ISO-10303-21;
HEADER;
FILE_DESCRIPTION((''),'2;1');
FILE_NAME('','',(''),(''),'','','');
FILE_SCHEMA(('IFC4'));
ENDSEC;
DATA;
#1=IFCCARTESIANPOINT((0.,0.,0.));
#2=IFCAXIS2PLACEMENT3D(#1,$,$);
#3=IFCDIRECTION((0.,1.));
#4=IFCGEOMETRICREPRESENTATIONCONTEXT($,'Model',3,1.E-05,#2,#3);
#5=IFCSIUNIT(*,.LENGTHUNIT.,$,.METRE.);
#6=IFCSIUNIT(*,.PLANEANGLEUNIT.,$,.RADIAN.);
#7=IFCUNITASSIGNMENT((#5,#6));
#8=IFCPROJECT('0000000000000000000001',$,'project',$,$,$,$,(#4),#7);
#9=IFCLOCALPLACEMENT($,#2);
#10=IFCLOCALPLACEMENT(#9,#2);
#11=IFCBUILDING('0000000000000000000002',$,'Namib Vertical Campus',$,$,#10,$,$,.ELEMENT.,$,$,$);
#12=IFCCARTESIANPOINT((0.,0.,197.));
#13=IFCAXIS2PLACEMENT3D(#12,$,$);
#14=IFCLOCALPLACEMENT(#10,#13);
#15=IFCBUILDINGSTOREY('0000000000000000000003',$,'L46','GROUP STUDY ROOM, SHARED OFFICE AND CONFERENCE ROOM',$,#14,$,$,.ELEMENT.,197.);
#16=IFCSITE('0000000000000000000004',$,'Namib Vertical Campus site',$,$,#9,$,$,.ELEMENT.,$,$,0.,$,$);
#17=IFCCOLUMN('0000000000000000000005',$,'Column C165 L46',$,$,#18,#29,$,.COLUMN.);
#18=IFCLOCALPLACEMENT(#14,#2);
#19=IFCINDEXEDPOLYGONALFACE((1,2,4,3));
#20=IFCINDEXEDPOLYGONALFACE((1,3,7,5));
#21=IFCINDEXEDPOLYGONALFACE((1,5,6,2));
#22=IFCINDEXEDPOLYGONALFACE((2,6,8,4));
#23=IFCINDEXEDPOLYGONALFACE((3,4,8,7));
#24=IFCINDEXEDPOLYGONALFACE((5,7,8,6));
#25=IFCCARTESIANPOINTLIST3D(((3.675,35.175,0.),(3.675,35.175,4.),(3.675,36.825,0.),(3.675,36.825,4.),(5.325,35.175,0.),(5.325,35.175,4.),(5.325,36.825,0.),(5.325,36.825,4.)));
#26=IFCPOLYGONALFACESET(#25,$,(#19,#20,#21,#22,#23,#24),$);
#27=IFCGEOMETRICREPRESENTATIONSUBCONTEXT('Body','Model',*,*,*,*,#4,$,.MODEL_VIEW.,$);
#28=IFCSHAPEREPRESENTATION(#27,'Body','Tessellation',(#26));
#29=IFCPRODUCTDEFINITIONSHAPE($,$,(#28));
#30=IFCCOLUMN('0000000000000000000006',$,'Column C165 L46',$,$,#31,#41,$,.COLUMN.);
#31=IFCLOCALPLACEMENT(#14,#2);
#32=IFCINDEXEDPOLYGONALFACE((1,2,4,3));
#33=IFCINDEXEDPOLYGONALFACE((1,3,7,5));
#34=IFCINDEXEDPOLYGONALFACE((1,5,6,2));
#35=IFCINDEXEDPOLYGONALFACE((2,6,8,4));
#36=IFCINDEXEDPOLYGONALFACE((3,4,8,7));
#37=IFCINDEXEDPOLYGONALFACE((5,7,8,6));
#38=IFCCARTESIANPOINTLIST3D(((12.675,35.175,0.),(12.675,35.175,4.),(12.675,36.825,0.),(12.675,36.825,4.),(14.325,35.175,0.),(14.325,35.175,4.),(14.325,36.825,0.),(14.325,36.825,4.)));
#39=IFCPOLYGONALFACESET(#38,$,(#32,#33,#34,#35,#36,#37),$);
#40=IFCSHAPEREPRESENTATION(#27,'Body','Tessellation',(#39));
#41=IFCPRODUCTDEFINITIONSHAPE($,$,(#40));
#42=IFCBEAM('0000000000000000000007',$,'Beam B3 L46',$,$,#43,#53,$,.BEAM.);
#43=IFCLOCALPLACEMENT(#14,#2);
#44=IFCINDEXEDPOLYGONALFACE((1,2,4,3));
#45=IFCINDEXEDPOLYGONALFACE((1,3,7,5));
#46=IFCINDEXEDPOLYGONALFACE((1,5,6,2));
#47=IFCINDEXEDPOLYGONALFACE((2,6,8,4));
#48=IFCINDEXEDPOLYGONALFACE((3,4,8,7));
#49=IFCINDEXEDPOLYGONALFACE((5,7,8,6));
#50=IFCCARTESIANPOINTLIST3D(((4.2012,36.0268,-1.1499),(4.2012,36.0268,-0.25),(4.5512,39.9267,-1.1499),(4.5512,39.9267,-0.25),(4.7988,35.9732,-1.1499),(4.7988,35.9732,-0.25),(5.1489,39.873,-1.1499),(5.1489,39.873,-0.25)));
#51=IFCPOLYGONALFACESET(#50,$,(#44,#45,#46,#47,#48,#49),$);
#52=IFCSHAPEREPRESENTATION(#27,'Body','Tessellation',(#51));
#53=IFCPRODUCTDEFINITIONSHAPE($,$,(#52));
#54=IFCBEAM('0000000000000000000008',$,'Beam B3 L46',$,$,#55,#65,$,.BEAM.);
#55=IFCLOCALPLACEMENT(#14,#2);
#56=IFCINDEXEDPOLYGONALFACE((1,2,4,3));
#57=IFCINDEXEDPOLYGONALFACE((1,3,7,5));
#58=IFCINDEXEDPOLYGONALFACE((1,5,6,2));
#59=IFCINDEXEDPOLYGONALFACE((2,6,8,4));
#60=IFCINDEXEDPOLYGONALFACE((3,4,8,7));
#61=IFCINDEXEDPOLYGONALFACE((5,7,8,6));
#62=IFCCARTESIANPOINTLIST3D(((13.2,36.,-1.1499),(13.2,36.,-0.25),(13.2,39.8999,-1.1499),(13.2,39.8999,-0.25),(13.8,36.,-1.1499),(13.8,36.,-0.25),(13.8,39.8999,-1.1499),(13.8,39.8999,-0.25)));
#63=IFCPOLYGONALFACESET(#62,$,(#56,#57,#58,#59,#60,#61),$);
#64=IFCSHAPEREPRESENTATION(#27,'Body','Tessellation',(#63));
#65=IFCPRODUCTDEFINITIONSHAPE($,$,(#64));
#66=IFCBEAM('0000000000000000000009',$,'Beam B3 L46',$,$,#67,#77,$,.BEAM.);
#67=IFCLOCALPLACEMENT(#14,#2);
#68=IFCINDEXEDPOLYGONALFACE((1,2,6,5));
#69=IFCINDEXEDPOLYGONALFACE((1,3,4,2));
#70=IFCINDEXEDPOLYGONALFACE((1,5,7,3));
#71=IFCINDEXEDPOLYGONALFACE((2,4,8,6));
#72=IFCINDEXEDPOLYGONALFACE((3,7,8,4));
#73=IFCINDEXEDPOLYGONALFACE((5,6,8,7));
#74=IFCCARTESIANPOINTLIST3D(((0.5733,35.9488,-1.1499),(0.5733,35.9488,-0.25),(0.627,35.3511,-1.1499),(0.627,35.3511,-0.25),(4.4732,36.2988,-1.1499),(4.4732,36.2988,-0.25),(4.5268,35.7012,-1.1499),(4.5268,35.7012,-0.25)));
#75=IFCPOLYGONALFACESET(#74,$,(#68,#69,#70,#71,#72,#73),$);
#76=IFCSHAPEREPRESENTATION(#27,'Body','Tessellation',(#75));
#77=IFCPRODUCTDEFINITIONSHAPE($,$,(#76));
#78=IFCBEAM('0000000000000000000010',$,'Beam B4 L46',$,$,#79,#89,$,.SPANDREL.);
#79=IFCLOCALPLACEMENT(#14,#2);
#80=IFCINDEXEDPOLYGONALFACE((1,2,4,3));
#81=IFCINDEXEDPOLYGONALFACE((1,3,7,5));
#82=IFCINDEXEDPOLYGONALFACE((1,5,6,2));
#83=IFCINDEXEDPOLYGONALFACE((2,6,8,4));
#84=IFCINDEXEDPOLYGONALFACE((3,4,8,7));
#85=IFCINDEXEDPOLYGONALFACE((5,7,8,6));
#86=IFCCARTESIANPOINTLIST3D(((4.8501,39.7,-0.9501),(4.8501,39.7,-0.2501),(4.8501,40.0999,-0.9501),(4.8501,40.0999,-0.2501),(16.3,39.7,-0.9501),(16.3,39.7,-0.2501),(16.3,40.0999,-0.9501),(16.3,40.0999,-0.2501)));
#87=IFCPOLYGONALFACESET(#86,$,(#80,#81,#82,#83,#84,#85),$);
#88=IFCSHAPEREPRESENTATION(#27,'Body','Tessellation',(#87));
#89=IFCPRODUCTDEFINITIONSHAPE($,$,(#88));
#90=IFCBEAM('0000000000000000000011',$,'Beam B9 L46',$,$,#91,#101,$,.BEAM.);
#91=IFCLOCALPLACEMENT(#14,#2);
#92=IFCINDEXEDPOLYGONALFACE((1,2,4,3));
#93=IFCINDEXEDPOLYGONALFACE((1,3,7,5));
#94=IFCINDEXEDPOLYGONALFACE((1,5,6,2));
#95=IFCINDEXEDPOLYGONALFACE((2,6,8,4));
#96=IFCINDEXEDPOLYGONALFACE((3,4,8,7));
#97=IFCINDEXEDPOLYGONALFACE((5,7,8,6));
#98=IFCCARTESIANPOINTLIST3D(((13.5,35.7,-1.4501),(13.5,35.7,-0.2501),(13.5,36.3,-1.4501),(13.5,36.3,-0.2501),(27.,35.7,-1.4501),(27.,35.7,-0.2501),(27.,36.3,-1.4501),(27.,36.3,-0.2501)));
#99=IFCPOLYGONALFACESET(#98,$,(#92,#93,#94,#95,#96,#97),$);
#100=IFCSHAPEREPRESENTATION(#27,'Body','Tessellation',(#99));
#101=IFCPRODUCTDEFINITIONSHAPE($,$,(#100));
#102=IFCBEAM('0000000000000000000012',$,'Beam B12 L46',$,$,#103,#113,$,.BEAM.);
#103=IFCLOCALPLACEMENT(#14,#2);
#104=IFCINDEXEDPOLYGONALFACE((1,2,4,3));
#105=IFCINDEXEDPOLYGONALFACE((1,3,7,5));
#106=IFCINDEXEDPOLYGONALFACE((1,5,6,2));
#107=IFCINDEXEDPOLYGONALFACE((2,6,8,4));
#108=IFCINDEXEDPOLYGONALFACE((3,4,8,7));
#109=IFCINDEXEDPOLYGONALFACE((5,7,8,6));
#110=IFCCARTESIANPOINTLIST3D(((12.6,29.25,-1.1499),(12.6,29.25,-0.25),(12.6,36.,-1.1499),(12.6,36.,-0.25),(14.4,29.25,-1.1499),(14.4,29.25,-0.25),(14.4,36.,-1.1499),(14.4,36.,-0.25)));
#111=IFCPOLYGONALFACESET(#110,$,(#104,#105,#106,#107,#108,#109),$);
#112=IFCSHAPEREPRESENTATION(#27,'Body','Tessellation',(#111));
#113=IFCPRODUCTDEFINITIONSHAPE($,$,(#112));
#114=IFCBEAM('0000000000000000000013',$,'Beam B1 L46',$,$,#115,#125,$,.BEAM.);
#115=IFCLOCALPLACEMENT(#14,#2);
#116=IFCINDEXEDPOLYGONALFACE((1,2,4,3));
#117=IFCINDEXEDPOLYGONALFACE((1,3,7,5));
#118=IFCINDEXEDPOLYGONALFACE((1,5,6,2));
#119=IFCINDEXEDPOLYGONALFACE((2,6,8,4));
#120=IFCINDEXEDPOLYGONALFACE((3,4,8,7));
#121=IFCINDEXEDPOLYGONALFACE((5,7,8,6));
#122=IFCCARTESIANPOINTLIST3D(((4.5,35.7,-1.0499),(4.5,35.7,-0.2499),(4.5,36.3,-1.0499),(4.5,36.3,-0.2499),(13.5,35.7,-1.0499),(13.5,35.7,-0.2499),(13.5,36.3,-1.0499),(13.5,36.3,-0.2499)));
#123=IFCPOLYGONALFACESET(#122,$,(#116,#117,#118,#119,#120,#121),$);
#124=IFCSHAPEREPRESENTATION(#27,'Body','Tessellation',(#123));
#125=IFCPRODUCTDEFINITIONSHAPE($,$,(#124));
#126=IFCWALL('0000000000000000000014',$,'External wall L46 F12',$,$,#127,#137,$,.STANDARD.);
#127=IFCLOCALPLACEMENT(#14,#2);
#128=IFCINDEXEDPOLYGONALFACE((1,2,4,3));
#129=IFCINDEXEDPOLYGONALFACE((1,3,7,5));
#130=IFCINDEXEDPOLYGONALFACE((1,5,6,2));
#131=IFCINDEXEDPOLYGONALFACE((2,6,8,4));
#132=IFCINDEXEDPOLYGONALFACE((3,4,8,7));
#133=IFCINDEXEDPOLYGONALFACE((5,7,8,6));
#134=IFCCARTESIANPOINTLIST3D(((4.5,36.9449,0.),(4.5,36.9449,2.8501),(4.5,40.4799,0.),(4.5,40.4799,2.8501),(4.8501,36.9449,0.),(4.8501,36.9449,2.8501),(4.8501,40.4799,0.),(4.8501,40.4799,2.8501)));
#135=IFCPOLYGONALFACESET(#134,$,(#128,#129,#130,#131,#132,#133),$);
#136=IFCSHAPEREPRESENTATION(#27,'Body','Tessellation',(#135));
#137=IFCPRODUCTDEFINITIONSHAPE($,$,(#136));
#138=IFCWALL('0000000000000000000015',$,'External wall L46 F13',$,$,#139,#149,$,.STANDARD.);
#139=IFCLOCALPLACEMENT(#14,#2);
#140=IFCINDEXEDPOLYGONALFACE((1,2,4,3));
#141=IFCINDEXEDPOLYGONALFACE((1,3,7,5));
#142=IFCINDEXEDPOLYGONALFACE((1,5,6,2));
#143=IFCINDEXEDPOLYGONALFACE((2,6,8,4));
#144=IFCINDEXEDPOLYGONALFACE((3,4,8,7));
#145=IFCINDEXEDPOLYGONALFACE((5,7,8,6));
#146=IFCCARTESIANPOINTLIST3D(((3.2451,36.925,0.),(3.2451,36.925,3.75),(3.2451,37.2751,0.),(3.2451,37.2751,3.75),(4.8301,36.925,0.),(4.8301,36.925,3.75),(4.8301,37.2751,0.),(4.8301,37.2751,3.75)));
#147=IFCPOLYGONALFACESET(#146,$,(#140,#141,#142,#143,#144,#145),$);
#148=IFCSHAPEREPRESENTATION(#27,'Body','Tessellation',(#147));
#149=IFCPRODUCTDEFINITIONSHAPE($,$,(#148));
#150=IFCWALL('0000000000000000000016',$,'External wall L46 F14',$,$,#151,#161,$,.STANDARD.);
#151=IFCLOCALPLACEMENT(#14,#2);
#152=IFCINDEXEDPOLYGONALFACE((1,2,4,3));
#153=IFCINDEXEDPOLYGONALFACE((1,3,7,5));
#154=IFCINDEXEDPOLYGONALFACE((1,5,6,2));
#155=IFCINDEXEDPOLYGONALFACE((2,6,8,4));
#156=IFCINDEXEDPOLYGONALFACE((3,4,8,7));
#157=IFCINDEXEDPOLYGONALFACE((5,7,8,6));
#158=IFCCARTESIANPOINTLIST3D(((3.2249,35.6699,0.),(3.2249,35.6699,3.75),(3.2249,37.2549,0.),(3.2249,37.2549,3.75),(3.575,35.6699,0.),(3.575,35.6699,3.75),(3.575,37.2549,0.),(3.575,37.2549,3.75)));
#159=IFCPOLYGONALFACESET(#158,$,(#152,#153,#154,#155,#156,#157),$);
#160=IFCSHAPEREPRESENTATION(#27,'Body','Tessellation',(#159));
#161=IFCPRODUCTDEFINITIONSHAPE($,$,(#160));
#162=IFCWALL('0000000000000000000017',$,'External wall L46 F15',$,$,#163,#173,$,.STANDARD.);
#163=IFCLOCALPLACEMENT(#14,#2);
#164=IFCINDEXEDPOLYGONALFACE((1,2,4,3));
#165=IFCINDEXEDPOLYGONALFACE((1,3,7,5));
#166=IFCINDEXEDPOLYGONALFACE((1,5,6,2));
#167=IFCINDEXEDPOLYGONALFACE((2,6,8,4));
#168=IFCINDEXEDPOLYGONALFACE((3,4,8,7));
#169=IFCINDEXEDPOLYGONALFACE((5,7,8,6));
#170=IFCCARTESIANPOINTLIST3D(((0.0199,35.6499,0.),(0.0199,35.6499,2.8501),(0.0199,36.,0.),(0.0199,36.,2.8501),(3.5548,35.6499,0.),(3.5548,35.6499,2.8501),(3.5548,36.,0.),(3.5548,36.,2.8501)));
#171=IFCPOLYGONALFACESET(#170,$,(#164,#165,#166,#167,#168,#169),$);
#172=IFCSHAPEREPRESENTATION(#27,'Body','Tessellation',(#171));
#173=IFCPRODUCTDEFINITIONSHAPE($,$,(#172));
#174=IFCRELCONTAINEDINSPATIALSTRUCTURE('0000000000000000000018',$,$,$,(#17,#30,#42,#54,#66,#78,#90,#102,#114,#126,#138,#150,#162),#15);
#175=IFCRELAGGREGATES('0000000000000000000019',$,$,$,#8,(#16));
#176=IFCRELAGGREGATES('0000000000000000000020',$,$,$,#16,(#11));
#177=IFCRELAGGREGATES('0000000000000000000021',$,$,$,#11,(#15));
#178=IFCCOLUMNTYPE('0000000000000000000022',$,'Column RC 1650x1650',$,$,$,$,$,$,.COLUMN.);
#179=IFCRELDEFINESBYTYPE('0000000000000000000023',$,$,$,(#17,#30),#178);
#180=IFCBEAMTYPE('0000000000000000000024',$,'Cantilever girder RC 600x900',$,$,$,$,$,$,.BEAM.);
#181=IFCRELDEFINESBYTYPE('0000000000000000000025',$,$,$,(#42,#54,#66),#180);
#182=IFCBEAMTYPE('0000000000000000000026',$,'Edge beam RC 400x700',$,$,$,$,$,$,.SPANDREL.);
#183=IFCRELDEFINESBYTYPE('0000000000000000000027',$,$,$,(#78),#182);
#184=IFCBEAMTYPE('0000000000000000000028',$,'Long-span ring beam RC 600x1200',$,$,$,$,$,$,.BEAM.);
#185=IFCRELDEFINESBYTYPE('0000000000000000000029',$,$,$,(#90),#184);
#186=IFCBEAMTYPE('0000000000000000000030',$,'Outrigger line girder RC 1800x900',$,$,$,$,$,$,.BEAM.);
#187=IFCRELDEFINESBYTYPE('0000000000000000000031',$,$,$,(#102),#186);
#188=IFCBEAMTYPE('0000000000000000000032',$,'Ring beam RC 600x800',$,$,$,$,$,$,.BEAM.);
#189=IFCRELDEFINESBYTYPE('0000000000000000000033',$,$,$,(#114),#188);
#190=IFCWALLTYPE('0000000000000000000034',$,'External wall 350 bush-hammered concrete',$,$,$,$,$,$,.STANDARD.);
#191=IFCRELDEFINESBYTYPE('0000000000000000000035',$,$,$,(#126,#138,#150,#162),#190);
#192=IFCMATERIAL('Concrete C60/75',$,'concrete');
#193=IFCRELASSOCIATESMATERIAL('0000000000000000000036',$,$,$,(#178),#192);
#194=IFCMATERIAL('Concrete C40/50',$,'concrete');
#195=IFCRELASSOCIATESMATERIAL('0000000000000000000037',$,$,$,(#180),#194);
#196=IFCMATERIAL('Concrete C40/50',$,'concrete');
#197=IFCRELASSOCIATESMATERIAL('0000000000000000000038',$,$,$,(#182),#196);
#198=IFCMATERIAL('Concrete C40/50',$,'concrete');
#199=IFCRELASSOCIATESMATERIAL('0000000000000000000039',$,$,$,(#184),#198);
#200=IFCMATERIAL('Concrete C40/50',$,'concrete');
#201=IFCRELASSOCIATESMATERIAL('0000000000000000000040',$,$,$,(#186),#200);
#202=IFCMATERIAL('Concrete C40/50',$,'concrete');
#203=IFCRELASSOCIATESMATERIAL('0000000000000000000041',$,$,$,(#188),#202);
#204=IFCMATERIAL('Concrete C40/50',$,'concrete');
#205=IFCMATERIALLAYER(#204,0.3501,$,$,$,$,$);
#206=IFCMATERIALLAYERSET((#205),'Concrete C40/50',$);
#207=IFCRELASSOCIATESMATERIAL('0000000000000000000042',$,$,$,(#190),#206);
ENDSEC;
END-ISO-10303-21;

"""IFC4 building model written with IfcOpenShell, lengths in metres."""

from ifc_helpers import new_model, si_unit, direction, frame, frame_2d, origin, origin_2d, place, context, subcontext, project, spatial, rectangle, extrude, material, layer, layer_set, material_profile, profile_set, type_object, element, save


model = new_model("IFC4")

# Units and contexts
model_context = context("Model", 3, precision=1e-05, world=origin(), true_north=direction((0.0, 1.0)))
body_context = subcontext(model_context, "Body", "Model", "MODEL_VIEW")
ifc_project = project(units=[si_unit("LENGTHUNIT", "METRE"), si_unit("PLANEANGLEUNIT", "RADIAN")], contexts=[model_context])

# Site, building, storey
site_placement = place(None, origin())
site = spatial("IfcSite", under=ifc_project, at=site_placement, Name="Namib Vertical Campus site", CompositionType="ELEMENT", RefElevation=0.0)
building_placement = place(site_placement, origin())
building = spatial("IfcBuilding", under=site, at=building_placement, Name="Namib Vertical Campus", CompositionType="ELEMENT")
storey_placement = place(building_placement, frame((0.0, 0.0, 197.0)))
storey = spatial("IfcBuildingStorey", under=building, at=storey_placement, Name="L46", Description="GROUP STUDY ROOM, SHARED OFFICE AND CONFERENCE ROOM", CompositionType="ELEMENT", Elevation=197.0)

# Columns
ifc_material_1 = material(Name="Concrete C60/75", Category="concrete")
ifc_material_profile_1 = material_profile(ifc_material_1, rectangle(XDim=1.6499, YDim=1.6499, at=origin_2d()))
ifc_profile_set_1 = profile_set([ifc_material_profile_1], Name="Concrete C60/75")
column_type = type_object("IfcColumnType", Name="Column RC 1650x1650", PredefinedType="COLUMN", material=ifc_profile_set_1)
for number, where, z_axis, x_axis, name in (
    (1, (4.5, 36.0, 0.0), (0.0, 0.0, 1.0), (1.0, 0.0, 0.0), "Column C165 L46"),
    (2, (13.5, 36.0, 0.0), (0.0, 0.0, 1.0), (1.0, 0.0, 0.0), "Column C165 L46"),
):
    element("IfcColumn", number, at=place(storey_placement, frame(where, z_axis=z_axis, x_axis=x_axis)), inside=storey, type_object=column_type, Name=name, PredefinedType="COLUMN", context=body_context, shape_type="SweptSolid", body=[
        extrude(rectangle(XDim=1.6499, YDim=1.6499, at=origin_2d()), origin(), (0.0, 0.0, 1.0), 4.0),
    ])

# Beams
ifc_material_2 = material(Name="Concrete C40/50", Category="concrete")
ifc_material_profile_2 = material_profile(ifc_material_2, rectangle(XDim=0.6001, YDim=0.8999, at=origin_2d()))
ifc_profile_set_2 = profile_set([ifc_material_profile_2], Name="Concrete C40/50")
beam_type_1 = type_object("IfcBeamType", Name="Cantilever girder RC 600x900", PredefinedType="BEAM", material=ifc_profile_set_2)
beam_1_placement = place(storey_placement, frame((4.5, 36.0, -0.7), z_axis=(0.089411, 0.995995, 0.0), x_axis=(-0.995995, 0.089411, 0.0)))
element("IfcBeam", 3, at=beam_1_placement, inside=storey, type_object=beam_type_1, Name="Beam B3 L46", PredefinedType="BEAM", context=body_context, shape_type="SweptSolid", body=[
    extrude(rectangle(XDim=0.6001, YDim=0.8999, at=origin_2d()), origin(), (0.0, 0.0, 1.0), 3.9155),
])
beam_2_placement = place(storey_placement, frame((13.5, 36.0, -0.7), z_axis=(0.0, 1.0, 0.0), x_axis=(-1.0, 0.0, 0.0)))
element("IfcBeam", 4, at=beam_2_placement, inside=storey, type_object=beam_type_1, Name="Beam B3 L46", PredefinedType="BEAM", context=body_context, shape_type="SweptSolid", body=[
    extrude(rectangle(XDim=0.6001, YDim=0.8999, at=origin_2d()), origin(), (0.0, 0.0, 1.0), 3.8999),
])
beam_3_placement = place(storey_placement, frame((4.5, 36.0, -0.7), z_axis=(-0.995995, -0.089411, 0.0), x_axis=(0.089411, -0.995995, 0.0)))
element("IfcBeam", 5, at=beam_3_placement, inside=storey, type_object=beam_type_1, Name="Beam B3 L46", PredefinedType="BEAM", context=body_context, shape_type="SweptSolid", body=[
    extrude(rectangle(XDim=0.6001, YDim=0.8999, at=origin_2d()), origin(), (0.0, 0.0, 1.0), 3.9155),
])
ifc_material_3 = material(Name="Concrete C40/50", Category="concrete")
ifc_material_profile_3 = material_profile(ifc_material_3, rectangle(XDim=0.3999, YDim=0.7, at=origin_2d()))
ifc_profile_set_3 = profile_set([ifc_material_profile_3], Name="Concrete C40/50")
beam_type_2 = type_object("IfcBeamType", Name="Edge beam RC 400x700", PredefinedType="SPANDREL", material=ifc_profile_set_3)
beam_4_placement = place(storey_placement, frame((4.8501, 39.8999, -0.6001), z_axis=(1.0, 0.0, 0.0), x_axis=(0.0, 1.0, 0.0)))
element("IfcBeam", 6, at=beam_4_placement, inside=storey, type_object=beam_type_2, Name="Beam B4 L46", PredefinedType="SPANDREL", context=body_context, shape_type="SweptSolid", body=[
    extrude(rectangle(XDim=0.3999, YDim=0.7, at=origin_2d()), origin(), (0.0, 0.0, 1.0), 11.45),
])
ifc_material_4 = material(Name="Concrete C40/50", Category="concrete")
ifc_material_profile_4 = material_profile(ifc_material_4, rectangle(XDim=0.6001, YDim=1.2, at=origin_2d()))
ifc_profile_set_4 = profile_set([ifc_material_profile_4], Name="Concrete C40/50")
beam_type_3 = type_object("IfcBeamType", Name="Long-span ring beam RC 600x1200", PredefinedType="BEAM", material=ifc_profile_set_4)
beam_5_placement = place(storey_placement, frame((13.5, 36.0, -0.8501), z_axis=(1.0, 0.0, 0.0), x_axis=(0.0, 1.0, 0.0)))
element("IfcBeam", 7, at=beam_5_placement, inside=storey, type_object=beam_type_3, Name="Beam B9 L46", PredefinedType="BEAM", context=body_context, shape_type="SweptSolid", body=[
    extrude(rectangle(XDim=0.6001, YDim=1.2, at=origin_2d()), origin(), (0.0, 0.0, 1.0), 13.5),
])
ifc_material_5 = material(Name="Concrete C40/50", Category="concrete")
ifc_material_profile_5 = material_profile(ifc_material_5, rectangle(XDim=1.8, YDim=0.8999, at=origin_2d()))
ifc_profile_set_5 = profile_set([ifc_material_profile_5], Name="Concrete C40/50")
beam_type_4 = type_object("IfcBeamType", Name="Outrigger line girder RC 1800x900", PredefinedType="BEAM", material=ifc_profile_set_5)
beam_6_placement = place(storey_placement, frame((13.5, 36.0, -0.7), z_axis=(0.0, -1.0, 0.0), x_axis=(1.0, 0.0, 0.0)))
element("IfcBeam", 8, at=beam_6_placement, inside=storey, type_object=beam_type_4, Name="Beam B12 L46", PredefinedType="BEAM", context=body_context, shape_type="SweptSolid", body=[
    extrude(rectangle(XDim=1.8, YDim=0.8999, at=origin_2d()), origin(), (0.0, 0.0, 1.0), 6.75),
])
ifc_material_6 = material(Name="Concrete C40/50", Category="concrete")
ifc_material_profile_6 = material_profile(ifc_material_6, rectangle(XDim=0.6001, YDim=0.8, at=origin_2d()))
ifc_profile_set_6 = profile_set([ifc_material_profile_6], Name="Concrete C40/50")
beam_type_5 = type_object("IfcBeamType", Name="Ring beam RC 600x800", PredefinedType="BEAM", material=ifc_profile_set_6)
beam_7_placement = place(storey_placement, frame((4.5, 36.0, -0.6499), z_axis=(1.0, 0.0, 0.0), x_axis=(0.0, 1.0, 0.0)))
element("IfcBeam", 9, at=beam_7_placement, inside=storey, type_object=beam_type_5, Name="Beam B1 L46", PredefinedType="BEAM", context=body_context, shape_type="SweptSolid", body=[
    extrude(rectangle(XDim=0.6001, YDim=0.8, at=origin_2d()), origin(), (0.0, 0.0, 1.0), 9.0),
])

# Walls
ifc_material_7 = material(Name="Concrete C40/50", Category="concrete")
ifc_layer_1 = layer(ifc_material_7, 0.3501)
ifc_layer_set_1 = layer_set([ifc_layer_1], Name="Concrete C40/50")
wall_type_1 = type_object("IfcWallType", Name="External wall 350 bush-hammered concrete", PredefinedType="STANDARD", material=ifc_layer_set_1)
wall_1_placement = place(storey_placement, frame((4.675, 40.48, 0.0), z_axis=(0.0, 0.0, 1.0), x_axis=(0.0, -1.0, 0.0)))
element("IfcWall", 10, at=wall_1_placement, inside=storey, type_object=wall_type_1, Name="External wall L46 F12", PredefinedType="STANDARD", context=body_context, shape_type="SweptSolid", body=[
    extrude(rectangle(XDim=3.5349, YDim=0.3501, at=frame_2d((1.7676, 0.0))), origin(), (0.0, 0.0, 1.0), 2.8501),
])
for number, where, z_axis, x_axis, name in (
    (11, (4.8301, 37.1001, 0.0), (0.0, 0.0, 1.0), (-1.0, 0.0, 0.0), "External wall L46 F13"),
    (12, (3.3999, 37.2549, 0.0), (0.0, 0.0, 1.0), (0.0, -1.0, 0.0), "External wall L46 F14"),
):
    element("IfcWall", number, at=place(storey_placement, frame(where, z_axis=z_axis, x_axis=x_axis)), inside=storey, type_object=wall_type_1, Name=name, PredefinedType="STANDARD", context=body_context, shape_type="SweptSolid", body=[
        extrude(rectangle(XDim=1.585, YDim=0.3501, at=frame_2d((0.7925, 0.0))), origin(), (0.0, 0.0, 1.0), 3.75),
    ])
wall_2_placement = place(storey_placement, frame((3.5549, 35.825, 0.0), z_axis=(0.0, 0.0, 1.0), x_axis=(-1.0, 0.0, 0.0)))
element("IfcWall", 13, at=wall_2_placement, inside=storey, type_object=wall_type_1, Name="External wall L46 F15", PredefinedType="STANDARD", context=body_context, shape_type="SweptSolid", body=[
    extrude(rectangle(XDim=3.5349, YDim=0.3501, at=frame_2d((1.7676, 0.0))), origin(), (0.0, 0.0, 1.0), 2.8501),
])

save(model, "model.ifc")
